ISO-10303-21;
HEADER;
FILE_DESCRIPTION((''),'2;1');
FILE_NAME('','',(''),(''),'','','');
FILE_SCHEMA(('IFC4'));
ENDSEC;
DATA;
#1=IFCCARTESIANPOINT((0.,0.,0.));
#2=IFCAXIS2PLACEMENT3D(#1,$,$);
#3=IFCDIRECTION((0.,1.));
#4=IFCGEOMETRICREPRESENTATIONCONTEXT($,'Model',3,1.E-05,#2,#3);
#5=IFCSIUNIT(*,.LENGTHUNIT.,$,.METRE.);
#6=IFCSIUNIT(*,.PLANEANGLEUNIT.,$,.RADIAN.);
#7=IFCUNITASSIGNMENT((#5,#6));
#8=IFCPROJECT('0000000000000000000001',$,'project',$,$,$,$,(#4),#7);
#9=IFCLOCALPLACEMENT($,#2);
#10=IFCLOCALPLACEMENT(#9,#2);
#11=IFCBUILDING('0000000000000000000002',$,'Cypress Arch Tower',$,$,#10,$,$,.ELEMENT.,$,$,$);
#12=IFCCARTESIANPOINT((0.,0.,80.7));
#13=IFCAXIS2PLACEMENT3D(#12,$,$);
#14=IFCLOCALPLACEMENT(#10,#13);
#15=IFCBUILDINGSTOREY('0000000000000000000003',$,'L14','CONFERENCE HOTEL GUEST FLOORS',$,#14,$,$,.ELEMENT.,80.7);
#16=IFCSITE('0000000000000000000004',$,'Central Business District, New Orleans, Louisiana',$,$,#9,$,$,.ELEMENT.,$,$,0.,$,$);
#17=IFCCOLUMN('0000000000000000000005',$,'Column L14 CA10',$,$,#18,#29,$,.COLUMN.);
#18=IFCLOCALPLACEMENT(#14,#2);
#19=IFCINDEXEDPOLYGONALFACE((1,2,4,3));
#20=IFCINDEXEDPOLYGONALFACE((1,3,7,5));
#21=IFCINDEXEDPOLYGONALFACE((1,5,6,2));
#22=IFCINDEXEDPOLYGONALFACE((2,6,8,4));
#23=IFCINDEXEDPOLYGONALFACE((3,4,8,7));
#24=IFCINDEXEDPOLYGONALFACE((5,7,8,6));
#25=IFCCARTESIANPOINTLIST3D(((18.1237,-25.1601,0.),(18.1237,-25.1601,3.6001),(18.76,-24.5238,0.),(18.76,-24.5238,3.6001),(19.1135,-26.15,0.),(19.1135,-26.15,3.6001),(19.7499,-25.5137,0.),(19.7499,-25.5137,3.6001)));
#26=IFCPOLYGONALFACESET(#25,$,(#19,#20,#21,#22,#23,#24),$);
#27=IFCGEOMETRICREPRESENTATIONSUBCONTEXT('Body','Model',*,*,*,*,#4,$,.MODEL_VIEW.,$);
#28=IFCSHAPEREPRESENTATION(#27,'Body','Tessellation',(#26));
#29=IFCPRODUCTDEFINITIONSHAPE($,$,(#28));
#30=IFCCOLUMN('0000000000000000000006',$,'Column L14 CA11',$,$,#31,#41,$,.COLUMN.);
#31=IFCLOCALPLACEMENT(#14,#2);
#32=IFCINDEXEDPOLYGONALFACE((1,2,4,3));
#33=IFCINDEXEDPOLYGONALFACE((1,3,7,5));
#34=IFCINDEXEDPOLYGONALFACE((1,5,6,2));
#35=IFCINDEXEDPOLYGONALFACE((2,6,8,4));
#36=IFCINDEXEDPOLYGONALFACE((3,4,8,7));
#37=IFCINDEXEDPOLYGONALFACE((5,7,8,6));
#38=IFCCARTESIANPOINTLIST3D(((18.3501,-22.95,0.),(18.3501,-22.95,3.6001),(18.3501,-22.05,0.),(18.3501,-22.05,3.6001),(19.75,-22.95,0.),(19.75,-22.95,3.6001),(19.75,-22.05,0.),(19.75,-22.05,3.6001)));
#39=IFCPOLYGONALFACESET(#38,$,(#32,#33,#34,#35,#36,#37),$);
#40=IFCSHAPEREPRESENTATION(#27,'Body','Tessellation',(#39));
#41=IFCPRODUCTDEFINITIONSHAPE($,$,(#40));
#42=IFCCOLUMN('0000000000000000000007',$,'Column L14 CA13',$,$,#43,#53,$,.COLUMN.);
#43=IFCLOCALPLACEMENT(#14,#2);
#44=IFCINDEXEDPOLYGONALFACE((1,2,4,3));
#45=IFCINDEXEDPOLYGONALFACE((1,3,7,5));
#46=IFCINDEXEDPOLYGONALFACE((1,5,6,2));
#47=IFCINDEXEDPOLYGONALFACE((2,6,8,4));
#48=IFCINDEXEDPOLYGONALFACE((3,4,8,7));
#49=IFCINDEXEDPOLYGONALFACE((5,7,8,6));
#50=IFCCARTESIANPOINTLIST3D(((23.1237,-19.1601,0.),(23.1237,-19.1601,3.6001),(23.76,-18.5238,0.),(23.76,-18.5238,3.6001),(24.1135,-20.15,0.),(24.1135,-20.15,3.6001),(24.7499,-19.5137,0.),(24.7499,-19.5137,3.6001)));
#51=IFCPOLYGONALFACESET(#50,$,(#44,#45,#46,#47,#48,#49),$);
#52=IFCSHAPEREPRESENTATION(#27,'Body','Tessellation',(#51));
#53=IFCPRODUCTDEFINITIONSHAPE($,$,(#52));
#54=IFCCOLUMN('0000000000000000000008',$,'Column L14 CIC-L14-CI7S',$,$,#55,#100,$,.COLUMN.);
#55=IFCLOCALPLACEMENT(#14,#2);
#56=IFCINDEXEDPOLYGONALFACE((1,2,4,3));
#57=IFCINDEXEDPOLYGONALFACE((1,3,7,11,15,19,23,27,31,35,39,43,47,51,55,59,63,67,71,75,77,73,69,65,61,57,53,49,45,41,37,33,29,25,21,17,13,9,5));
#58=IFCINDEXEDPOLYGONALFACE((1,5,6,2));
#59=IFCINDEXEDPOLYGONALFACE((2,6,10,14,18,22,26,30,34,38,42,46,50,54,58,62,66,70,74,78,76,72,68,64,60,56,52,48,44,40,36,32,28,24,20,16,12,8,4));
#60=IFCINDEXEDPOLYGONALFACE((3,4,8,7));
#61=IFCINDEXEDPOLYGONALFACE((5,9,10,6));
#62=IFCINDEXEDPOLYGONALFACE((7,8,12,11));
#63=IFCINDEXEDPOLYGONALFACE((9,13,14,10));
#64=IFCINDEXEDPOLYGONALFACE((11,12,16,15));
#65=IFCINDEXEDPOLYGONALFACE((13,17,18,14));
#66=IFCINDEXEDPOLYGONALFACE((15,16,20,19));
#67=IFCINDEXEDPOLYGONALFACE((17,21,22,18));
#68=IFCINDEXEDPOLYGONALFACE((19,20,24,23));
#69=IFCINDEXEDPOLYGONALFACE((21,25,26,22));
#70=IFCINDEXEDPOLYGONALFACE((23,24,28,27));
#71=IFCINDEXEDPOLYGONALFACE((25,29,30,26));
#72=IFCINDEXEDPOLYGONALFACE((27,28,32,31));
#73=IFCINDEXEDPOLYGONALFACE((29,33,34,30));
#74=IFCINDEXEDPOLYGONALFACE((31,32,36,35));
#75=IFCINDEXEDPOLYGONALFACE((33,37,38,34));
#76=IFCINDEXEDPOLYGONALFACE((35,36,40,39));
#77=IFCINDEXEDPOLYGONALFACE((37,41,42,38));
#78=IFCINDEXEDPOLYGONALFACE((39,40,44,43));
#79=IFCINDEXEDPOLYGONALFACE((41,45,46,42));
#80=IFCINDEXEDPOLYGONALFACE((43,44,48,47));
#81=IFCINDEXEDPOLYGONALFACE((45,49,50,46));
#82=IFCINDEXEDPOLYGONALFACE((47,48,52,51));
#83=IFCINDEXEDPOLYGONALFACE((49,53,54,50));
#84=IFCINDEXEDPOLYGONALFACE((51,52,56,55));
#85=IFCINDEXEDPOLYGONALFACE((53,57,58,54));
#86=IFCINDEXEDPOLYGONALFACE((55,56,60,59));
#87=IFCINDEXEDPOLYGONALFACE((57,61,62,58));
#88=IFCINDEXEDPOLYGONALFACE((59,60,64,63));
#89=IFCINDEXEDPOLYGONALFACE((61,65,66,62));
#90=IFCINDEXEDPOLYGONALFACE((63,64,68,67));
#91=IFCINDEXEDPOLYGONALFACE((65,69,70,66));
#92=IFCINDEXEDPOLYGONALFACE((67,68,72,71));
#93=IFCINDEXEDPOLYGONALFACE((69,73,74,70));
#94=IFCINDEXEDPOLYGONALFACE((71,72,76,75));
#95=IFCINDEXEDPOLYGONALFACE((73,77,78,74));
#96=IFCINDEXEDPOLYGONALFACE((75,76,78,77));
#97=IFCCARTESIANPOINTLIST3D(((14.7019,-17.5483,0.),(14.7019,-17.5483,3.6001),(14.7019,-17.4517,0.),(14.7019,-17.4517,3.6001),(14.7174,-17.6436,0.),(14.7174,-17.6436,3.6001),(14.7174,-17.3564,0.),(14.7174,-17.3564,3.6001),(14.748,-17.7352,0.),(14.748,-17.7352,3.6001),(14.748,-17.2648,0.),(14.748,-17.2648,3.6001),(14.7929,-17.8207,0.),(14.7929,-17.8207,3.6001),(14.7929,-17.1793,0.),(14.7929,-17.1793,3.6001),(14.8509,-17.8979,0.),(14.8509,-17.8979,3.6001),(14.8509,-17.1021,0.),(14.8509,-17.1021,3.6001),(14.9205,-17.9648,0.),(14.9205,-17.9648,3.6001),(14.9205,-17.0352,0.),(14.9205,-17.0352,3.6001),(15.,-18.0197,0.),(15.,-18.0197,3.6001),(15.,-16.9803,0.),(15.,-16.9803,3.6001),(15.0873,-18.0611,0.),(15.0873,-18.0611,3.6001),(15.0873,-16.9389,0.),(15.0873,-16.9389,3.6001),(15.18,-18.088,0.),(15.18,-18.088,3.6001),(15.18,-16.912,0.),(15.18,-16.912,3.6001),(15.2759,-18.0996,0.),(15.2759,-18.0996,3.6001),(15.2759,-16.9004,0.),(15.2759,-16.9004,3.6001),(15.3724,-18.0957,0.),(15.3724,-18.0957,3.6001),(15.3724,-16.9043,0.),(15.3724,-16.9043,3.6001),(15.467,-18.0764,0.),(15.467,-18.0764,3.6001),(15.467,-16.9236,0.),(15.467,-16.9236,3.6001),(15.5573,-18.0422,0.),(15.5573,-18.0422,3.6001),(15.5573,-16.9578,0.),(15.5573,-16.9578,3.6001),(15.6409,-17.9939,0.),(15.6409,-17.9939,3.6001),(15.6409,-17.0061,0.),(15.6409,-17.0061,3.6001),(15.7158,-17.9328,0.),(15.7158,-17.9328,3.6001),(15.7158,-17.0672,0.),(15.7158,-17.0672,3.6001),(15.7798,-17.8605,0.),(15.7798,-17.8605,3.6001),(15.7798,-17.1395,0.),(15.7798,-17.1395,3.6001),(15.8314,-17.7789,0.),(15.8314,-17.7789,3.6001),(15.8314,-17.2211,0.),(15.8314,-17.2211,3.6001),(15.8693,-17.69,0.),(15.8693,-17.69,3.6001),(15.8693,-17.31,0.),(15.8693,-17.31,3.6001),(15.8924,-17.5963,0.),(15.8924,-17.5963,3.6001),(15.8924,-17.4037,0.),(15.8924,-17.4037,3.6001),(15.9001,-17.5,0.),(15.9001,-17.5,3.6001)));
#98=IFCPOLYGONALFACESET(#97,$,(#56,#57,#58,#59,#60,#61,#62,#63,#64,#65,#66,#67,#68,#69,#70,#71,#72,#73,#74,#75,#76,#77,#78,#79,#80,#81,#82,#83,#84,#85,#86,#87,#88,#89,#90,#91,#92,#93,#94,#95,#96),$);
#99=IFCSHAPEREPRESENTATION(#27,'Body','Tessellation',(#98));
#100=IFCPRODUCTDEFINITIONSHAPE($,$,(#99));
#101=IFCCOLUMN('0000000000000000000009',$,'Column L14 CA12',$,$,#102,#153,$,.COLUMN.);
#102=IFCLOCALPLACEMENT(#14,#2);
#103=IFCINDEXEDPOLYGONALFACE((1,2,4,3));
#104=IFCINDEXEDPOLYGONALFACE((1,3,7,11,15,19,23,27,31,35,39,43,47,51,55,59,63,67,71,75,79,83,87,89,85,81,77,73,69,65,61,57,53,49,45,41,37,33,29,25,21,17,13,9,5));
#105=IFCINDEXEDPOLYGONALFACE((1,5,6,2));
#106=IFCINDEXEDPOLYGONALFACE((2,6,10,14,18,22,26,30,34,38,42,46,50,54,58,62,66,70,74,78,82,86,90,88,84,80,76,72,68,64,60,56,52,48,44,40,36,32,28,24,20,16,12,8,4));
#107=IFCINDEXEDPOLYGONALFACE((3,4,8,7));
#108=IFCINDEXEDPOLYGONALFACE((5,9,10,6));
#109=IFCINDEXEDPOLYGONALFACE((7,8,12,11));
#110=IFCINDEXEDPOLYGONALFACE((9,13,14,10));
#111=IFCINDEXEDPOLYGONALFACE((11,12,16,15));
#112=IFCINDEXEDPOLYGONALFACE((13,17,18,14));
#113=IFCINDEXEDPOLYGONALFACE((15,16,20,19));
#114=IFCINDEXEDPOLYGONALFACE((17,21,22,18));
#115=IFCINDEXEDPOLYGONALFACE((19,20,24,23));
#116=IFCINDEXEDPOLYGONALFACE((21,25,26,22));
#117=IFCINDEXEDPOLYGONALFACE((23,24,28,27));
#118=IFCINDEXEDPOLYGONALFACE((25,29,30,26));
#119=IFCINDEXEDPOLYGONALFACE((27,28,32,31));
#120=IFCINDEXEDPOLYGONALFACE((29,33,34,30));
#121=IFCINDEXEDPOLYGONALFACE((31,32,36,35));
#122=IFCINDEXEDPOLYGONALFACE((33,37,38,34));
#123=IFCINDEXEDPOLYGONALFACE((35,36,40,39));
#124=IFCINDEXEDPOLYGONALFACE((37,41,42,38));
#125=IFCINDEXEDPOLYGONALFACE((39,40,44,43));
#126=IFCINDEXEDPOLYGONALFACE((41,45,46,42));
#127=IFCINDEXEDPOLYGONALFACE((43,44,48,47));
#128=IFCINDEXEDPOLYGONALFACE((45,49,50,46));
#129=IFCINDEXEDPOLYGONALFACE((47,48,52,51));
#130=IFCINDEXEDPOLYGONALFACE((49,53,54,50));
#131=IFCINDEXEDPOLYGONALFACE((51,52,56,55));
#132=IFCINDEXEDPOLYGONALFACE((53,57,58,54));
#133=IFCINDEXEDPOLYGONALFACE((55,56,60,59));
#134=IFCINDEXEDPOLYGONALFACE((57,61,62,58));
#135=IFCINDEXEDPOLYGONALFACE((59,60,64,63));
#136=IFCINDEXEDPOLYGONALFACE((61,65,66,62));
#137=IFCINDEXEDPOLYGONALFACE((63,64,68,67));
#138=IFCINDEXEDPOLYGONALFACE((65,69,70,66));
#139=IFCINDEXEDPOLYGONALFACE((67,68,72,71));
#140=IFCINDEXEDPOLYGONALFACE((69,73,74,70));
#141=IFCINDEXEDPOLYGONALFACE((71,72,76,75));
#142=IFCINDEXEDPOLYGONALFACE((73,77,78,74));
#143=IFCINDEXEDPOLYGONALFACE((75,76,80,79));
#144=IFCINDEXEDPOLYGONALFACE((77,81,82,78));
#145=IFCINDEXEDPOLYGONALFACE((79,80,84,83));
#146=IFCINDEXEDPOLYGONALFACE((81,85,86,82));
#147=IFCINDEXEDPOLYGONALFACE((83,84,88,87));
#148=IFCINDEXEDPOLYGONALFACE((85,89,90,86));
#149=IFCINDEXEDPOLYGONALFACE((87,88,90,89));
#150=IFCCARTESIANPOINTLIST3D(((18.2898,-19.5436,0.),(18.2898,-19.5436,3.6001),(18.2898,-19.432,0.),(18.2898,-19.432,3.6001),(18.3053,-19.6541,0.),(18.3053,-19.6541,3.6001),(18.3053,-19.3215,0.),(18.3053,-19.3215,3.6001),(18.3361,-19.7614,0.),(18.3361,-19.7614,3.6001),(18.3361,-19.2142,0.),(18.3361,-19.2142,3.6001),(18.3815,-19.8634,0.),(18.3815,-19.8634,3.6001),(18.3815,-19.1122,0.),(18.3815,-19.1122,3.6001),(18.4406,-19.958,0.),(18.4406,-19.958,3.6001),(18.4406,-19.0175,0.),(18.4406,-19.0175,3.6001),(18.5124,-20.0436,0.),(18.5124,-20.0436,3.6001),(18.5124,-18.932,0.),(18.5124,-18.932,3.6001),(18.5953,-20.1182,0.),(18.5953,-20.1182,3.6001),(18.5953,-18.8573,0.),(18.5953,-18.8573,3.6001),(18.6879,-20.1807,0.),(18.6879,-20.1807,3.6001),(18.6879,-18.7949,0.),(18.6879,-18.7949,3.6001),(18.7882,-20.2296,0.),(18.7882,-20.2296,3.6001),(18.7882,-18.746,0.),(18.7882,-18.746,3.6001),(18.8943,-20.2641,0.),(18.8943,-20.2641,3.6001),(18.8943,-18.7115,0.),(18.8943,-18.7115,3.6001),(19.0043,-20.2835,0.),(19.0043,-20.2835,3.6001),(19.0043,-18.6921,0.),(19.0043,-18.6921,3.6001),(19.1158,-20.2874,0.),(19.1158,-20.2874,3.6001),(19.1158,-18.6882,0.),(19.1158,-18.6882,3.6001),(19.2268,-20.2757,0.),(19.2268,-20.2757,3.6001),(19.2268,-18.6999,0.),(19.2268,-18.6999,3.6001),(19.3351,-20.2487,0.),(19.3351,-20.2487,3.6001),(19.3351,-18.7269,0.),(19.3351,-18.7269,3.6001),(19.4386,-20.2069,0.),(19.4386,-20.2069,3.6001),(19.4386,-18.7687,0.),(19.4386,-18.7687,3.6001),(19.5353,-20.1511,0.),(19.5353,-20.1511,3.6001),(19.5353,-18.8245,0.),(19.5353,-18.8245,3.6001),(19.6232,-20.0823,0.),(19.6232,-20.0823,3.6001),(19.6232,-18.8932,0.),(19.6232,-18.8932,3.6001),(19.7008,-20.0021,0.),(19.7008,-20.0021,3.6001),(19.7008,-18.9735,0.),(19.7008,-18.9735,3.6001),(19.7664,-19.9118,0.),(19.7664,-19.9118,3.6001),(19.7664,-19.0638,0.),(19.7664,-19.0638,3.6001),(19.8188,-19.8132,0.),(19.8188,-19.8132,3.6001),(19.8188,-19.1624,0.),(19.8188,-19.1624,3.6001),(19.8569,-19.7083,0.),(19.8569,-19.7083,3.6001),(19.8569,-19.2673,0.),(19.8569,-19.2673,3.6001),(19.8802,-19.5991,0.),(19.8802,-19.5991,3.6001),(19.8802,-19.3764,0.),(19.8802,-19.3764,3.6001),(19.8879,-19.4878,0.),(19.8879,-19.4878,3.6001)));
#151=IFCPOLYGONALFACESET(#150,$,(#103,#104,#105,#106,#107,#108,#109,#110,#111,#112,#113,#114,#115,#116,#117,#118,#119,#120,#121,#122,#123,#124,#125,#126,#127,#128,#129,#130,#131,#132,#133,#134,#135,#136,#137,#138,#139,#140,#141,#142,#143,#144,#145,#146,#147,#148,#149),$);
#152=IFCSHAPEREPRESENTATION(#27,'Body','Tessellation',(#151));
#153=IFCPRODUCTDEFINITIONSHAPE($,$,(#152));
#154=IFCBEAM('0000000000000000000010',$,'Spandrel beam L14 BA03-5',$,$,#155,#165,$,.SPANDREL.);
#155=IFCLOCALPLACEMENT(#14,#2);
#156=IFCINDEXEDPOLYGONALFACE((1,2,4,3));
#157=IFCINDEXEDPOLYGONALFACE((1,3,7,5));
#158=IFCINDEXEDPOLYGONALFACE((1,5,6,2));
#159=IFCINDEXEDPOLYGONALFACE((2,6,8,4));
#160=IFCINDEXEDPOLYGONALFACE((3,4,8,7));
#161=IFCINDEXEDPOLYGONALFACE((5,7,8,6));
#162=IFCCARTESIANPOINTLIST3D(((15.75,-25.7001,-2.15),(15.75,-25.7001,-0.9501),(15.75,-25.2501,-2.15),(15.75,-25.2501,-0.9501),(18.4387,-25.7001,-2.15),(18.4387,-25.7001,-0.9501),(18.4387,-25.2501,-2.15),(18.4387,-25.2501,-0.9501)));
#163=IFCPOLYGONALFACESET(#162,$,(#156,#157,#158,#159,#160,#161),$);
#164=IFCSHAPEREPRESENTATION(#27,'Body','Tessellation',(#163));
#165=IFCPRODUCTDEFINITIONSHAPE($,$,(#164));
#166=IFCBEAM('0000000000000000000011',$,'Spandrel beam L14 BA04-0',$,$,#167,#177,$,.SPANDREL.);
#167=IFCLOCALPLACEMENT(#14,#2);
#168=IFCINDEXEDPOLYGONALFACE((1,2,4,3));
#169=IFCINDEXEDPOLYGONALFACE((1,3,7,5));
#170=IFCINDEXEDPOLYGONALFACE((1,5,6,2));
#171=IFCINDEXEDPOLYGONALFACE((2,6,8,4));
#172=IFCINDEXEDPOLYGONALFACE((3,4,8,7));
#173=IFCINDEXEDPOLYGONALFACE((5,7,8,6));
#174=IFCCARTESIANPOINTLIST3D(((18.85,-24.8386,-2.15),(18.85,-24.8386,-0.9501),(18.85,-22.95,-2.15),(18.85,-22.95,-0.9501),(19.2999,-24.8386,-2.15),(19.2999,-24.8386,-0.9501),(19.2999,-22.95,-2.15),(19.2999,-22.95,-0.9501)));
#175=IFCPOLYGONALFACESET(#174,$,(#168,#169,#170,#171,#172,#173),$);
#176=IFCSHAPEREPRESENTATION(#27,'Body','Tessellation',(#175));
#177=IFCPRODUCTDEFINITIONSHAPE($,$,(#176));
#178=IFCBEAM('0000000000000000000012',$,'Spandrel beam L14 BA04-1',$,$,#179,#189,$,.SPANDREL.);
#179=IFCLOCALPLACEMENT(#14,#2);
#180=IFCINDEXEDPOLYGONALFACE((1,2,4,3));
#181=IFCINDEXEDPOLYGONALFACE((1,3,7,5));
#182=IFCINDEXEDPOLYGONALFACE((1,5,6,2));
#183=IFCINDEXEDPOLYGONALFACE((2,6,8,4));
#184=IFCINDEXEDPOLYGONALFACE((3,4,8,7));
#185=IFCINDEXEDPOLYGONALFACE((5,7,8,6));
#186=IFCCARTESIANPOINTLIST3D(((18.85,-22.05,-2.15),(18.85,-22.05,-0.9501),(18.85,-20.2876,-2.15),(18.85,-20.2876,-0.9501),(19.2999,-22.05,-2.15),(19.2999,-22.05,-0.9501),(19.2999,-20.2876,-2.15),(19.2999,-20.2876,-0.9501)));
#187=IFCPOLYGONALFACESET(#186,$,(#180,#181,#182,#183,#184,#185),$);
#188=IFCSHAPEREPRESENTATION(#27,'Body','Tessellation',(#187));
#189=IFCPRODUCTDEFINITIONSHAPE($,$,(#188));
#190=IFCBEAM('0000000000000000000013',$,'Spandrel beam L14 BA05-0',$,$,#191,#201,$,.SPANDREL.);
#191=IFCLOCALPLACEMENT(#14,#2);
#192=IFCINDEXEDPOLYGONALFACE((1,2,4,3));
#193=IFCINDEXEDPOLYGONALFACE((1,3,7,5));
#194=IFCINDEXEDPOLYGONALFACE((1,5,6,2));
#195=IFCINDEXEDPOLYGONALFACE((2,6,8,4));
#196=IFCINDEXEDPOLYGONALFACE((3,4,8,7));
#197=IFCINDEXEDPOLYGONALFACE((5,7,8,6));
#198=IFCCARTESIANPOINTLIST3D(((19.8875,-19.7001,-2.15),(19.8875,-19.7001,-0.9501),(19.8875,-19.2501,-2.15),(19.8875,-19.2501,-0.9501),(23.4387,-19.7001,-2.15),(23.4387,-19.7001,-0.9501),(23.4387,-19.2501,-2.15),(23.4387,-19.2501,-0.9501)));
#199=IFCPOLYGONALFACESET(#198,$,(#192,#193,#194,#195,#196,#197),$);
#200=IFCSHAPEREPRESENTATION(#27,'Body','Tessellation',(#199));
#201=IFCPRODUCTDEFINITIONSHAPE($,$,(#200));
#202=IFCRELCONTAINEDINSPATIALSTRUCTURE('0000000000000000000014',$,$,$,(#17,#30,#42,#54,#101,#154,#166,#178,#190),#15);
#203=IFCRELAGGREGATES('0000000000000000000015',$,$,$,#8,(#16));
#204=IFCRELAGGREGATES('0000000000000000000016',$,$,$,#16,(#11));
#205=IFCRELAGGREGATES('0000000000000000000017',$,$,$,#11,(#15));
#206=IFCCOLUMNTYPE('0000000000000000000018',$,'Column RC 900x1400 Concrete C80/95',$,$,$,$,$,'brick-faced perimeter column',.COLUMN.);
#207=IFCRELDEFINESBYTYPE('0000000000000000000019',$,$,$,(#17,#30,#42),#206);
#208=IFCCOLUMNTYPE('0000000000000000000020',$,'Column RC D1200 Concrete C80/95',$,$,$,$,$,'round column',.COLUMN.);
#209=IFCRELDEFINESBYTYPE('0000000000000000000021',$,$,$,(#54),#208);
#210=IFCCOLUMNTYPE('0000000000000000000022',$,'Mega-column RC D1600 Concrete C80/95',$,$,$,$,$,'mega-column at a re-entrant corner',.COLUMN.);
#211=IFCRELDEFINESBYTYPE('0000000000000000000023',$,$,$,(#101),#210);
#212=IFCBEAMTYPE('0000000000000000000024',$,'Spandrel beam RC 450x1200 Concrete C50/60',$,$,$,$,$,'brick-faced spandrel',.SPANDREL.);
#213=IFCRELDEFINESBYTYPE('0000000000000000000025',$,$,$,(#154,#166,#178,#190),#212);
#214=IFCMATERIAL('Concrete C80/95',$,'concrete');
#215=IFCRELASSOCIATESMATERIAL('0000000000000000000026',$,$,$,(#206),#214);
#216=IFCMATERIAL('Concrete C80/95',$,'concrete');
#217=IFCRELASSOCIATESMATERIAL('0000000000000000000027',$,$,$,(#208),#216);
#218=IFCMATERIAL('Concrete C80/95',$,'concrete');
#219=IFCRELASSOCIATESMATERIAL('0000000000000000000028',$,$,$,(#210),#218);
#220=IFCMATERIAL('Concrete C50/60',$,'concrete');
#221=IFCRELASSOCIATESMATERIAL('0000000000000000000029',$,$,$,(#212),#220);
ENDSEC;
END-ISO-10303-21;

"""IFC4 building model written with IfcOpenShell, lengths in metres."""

from ifc_helpers import new_model, si_unit, direction, frame, origin, origin_2d, place, context, subcontext, project, spatial, rectangle, circle, extrude, material, material_profile, profile_set, type_object, element, save


model = new_model("IFC4")

# Units and contexts
model_context = context("Model", 3, precision=1e-05, world=origin(), true_north=direction((0.0, 1.0)))
body_context = subcontext(model_context, "Body", "Model", "MODEL_VIEW")
ifc_project = project(units=[si_unit("LENGTHUNIT", "METRE"), si_unit("PLANEANGLEUNIT", "RADIAN")], contexts=[model_context])

# Site, building, storey
site_placement = place(None, origin())
site = spatial("IfcSite", under=ifc_project, at=site_placement, Name="Central Business District, New Orleans, Louisiana", CompositionType="ELEMENT", RefElevation=0.0)
building_placement = place(site_placement, origin())
building = spatial("IfcBuilding", under=site, at=building_placement, Name="Cypress Arch Tower", CompositionType="ELEMENT")
storey_placement = place(building_placement, frame((0.0, 0.0, 80.7)))
storey = spatial("IfcBuildingStorey", under=building, at=storey_placement, Name="L14", Description="CONFERENCE HOTEL GUEST FLOORS", CompositionType="ELEMENT", Elevation=80.7)

# Columns
ifc_material_1 = material(Name="Concrete C80/95", Category="concrete")
ifc_material_profile_1 = material_profile(ifc_material_1, rectangle(XDim=0.8999, YDim=1.3999, at=origin_2d()), Name="RC 900x1400")
ifc_profile_set_1 = profile_set([ifc_material_profile_1], Name="Concrete C80/95")
column_type_1 = type_object("IfcColumnType", Name="Column RC 900x1400 Concrete C80/95", ElementType="brick-faced perimeter column", PredefinedType="COLUMN", material=ifc_profile_set_1)
for number, where, z_axis, x_axis, name in (
    (1, (18.9368, -25.3369, 0.0), (0.0, 0.0, 1.0), (0.707107, 0.707107, 0.0), "Column L14 CA10"),
    (2, (19.05, -22.5, 0.0), (0.0, 0.0, 1.0), (0.0, 1.0, 0.0), "Column L14 CA11"),
    (3, (23.9368, -19.3369, 0.0), (0.0, 0.0, 1.0), (0.707107, 0.707107, 0.0), "Column L14 CA13"),
):
    element("IfcColumn", number, at=place(storey_placement, frame(where, z_axis=z_axis, x_axis=x_axis)), inside=storey, type_object=column_type_1, Name=name, PredefinedType="COLUMN", context=body_context, shape_type="SweptSolid", body=[
        extrude(rectangle(XDim=0.8999, YDim=1.3999, at=origin_2d()), origin(), (0.0, 0.0, 1.0), 3.6001),
    ])
ifc_material_2 = material(Name="Concrete C80/95", Category="concrete")
ifc_material_profile_2 = material_profile(ifc_material_2, circle(Radius=0.6001, at=origin_2d()), Name="RC D1200")
ifc_profile_set_2 = profile_set([ifc_material_profile_2], Name="Concrete C80/95")
column_type_2 = type_object("IfcColumnType", Name="Column RC D1200 Concrete C80/95", ElementType="round column", PredefinedType="COLUMN", material=ifc_profile_set_2)
column_1_placement = place(storey_placement, frame((15.3, -17.5, 0.0), z_axis=(0.0, 0.0, 1.0), x_axis=(1.0, 0.0, 0.0)))
element("IfcColumn", 4, at=column_1_placement, inside=storey, type_object=column_type_2, Name="Column L14 CIC-L14-CI7S", PredefinedType="COLUMN", context=body_context, shape_type="SweptSolid", body=[
    extrude(circle(Radius=0.6001, at=origin_2d()), origin(), (0.0, 0.0, 1.0), 3.6001),
])
ifc_material_3 = material(Name="Concrete C80/95", Category="concrete")
ifc_material_profile_3 = material_profile(ifc_material_3, circle(Radius=0.8, at=origin_2d()), Name="RC D1600")
ifc_profile_set_3 = profile_set([ifc_material_profile_3], Name="Concrete C80/95")
column_type_3 = type_object("IfcColumnType", Name="Mega-column RC D1600 Concrete C80/95", ElementType="mega-column at a re-entrant corner", PredefinedType="COLUMN", material=ifc_profile_set_3)
column_2_placement = place(storey_placement, frame((19.0879, -19.4878, 0.0), z_axis=(0.0, 0.0, 1.0), x_axis=(1.0, 0.0, 0.0)))
element("IfcColumn", 5, at=column_2_placement, inside=storey, type_object=column_type_3, Name="Column L14 CA12", PredefinedType="COLUMN", context=body_context, shape_type="SweptSolid", body=[
    extrude(circle(Radius=0.8, at=origin_2d()), origin(), (0.0, 0.0, 1.0), 3.6001),
])

# Beams
ifc_material_4 = material(Name="Concrete C50/60", Category="concrete")
ifc_material_profile_4 = material_profile(ifc_material_4, rectangle(XDim=0.45, YDim=1.2, at=origin_2d()), Name="RC 450x1200")
ifc_profile_set_4 = profile_set([ifc_material_profile_4], Name="Concrete C50/60")
beam_type = type_object("IfcBeamType", Name="Spandrel beam RC 450x1200 Concrete C50/60", ElementType="brick-faced spandrel", PredefinedType="SPANDREL", material=ifc_profile_set_4)
beam_1_placement = place(storey_placement, frame((15.75, -25.4751, -1.55), z_axis=(1.0, 0.0, 0.0), x_axis=(0.0, 1.0, 0.0)))
element("IfcBeam", 6, at=beam_1_placement, inside=storey, type_object=beam_type, Name="Spandrel beam L14 BA03-5", PredefinedType="SPANDREL", context=body_context, shape_type="SweptSolid", body=[
    extrude(rectangle(XDim=0.45, YDim=1.2, at=origin_2d()), origin(), (0.0, 0.0, 1.0), 2.6887),
])
beam_2_placement = place(storey_placement, frame((19.075, -24.8386, -1.55), z_axis=(0.0, 1.0, 0.0), x_axis=(-1.0, 0.0, 0.0)))
element("IfcBeam", 7, at=beam_2_placement, inside=storey, type_object=beam_type, Name="Spandrel beam L14 BA04-0", PredefinedType="SPANDREL", context=body_context, shape_type="SweptSolid", body=[
    extrude(rectangle(XDim=0.45, YDim=1.2, at=origin_2d()), origin(), (0.0, 0.0, 1.0), 1.8887),
])
beam_3_placement = place(storey_placement, frame((19.075, -22.05, -1.55), z_axis=(0.0, 1.0, 0.0), x_axis=(-1.0, 0.0, 0.0)))
element("IfcBeam", 8, at=beam_3_placement, inside=storey, type_object=beam_type, Name="Spandrel beam L14 BA04-1", PredefinedType="SPANDREL", context=body_context, shape_type="SweptSolid", body=[
    extrude(rectangle(XDim=0.45, YDim=1.2, at=origin_2d()), origin(), (0.0, 0.0, 1.0), 1.7625),
])
beam_4_placement = place(storey_placement, frame((19.8875, -19.4751, -1.55), z_axis=(1.0, 0.0, 0.0), x_axis=(0.0, 1.0, 0.0)))
element("IfcBeam", 9, at=beam_4_placement, inside=storey, type_object=beam_type, Name="Spandrel beam L14 BA05-0", PredefinedType="SPANDREL", context=body_context, shape_type="SweptSolid", body=[
    extrude(rectangle(XDim=0.45, YDim=1.2, at=origin_2d()), origin(), (0.0, 0.0, 1.0), 3.5513),
])

save(model, "model.ifc")
